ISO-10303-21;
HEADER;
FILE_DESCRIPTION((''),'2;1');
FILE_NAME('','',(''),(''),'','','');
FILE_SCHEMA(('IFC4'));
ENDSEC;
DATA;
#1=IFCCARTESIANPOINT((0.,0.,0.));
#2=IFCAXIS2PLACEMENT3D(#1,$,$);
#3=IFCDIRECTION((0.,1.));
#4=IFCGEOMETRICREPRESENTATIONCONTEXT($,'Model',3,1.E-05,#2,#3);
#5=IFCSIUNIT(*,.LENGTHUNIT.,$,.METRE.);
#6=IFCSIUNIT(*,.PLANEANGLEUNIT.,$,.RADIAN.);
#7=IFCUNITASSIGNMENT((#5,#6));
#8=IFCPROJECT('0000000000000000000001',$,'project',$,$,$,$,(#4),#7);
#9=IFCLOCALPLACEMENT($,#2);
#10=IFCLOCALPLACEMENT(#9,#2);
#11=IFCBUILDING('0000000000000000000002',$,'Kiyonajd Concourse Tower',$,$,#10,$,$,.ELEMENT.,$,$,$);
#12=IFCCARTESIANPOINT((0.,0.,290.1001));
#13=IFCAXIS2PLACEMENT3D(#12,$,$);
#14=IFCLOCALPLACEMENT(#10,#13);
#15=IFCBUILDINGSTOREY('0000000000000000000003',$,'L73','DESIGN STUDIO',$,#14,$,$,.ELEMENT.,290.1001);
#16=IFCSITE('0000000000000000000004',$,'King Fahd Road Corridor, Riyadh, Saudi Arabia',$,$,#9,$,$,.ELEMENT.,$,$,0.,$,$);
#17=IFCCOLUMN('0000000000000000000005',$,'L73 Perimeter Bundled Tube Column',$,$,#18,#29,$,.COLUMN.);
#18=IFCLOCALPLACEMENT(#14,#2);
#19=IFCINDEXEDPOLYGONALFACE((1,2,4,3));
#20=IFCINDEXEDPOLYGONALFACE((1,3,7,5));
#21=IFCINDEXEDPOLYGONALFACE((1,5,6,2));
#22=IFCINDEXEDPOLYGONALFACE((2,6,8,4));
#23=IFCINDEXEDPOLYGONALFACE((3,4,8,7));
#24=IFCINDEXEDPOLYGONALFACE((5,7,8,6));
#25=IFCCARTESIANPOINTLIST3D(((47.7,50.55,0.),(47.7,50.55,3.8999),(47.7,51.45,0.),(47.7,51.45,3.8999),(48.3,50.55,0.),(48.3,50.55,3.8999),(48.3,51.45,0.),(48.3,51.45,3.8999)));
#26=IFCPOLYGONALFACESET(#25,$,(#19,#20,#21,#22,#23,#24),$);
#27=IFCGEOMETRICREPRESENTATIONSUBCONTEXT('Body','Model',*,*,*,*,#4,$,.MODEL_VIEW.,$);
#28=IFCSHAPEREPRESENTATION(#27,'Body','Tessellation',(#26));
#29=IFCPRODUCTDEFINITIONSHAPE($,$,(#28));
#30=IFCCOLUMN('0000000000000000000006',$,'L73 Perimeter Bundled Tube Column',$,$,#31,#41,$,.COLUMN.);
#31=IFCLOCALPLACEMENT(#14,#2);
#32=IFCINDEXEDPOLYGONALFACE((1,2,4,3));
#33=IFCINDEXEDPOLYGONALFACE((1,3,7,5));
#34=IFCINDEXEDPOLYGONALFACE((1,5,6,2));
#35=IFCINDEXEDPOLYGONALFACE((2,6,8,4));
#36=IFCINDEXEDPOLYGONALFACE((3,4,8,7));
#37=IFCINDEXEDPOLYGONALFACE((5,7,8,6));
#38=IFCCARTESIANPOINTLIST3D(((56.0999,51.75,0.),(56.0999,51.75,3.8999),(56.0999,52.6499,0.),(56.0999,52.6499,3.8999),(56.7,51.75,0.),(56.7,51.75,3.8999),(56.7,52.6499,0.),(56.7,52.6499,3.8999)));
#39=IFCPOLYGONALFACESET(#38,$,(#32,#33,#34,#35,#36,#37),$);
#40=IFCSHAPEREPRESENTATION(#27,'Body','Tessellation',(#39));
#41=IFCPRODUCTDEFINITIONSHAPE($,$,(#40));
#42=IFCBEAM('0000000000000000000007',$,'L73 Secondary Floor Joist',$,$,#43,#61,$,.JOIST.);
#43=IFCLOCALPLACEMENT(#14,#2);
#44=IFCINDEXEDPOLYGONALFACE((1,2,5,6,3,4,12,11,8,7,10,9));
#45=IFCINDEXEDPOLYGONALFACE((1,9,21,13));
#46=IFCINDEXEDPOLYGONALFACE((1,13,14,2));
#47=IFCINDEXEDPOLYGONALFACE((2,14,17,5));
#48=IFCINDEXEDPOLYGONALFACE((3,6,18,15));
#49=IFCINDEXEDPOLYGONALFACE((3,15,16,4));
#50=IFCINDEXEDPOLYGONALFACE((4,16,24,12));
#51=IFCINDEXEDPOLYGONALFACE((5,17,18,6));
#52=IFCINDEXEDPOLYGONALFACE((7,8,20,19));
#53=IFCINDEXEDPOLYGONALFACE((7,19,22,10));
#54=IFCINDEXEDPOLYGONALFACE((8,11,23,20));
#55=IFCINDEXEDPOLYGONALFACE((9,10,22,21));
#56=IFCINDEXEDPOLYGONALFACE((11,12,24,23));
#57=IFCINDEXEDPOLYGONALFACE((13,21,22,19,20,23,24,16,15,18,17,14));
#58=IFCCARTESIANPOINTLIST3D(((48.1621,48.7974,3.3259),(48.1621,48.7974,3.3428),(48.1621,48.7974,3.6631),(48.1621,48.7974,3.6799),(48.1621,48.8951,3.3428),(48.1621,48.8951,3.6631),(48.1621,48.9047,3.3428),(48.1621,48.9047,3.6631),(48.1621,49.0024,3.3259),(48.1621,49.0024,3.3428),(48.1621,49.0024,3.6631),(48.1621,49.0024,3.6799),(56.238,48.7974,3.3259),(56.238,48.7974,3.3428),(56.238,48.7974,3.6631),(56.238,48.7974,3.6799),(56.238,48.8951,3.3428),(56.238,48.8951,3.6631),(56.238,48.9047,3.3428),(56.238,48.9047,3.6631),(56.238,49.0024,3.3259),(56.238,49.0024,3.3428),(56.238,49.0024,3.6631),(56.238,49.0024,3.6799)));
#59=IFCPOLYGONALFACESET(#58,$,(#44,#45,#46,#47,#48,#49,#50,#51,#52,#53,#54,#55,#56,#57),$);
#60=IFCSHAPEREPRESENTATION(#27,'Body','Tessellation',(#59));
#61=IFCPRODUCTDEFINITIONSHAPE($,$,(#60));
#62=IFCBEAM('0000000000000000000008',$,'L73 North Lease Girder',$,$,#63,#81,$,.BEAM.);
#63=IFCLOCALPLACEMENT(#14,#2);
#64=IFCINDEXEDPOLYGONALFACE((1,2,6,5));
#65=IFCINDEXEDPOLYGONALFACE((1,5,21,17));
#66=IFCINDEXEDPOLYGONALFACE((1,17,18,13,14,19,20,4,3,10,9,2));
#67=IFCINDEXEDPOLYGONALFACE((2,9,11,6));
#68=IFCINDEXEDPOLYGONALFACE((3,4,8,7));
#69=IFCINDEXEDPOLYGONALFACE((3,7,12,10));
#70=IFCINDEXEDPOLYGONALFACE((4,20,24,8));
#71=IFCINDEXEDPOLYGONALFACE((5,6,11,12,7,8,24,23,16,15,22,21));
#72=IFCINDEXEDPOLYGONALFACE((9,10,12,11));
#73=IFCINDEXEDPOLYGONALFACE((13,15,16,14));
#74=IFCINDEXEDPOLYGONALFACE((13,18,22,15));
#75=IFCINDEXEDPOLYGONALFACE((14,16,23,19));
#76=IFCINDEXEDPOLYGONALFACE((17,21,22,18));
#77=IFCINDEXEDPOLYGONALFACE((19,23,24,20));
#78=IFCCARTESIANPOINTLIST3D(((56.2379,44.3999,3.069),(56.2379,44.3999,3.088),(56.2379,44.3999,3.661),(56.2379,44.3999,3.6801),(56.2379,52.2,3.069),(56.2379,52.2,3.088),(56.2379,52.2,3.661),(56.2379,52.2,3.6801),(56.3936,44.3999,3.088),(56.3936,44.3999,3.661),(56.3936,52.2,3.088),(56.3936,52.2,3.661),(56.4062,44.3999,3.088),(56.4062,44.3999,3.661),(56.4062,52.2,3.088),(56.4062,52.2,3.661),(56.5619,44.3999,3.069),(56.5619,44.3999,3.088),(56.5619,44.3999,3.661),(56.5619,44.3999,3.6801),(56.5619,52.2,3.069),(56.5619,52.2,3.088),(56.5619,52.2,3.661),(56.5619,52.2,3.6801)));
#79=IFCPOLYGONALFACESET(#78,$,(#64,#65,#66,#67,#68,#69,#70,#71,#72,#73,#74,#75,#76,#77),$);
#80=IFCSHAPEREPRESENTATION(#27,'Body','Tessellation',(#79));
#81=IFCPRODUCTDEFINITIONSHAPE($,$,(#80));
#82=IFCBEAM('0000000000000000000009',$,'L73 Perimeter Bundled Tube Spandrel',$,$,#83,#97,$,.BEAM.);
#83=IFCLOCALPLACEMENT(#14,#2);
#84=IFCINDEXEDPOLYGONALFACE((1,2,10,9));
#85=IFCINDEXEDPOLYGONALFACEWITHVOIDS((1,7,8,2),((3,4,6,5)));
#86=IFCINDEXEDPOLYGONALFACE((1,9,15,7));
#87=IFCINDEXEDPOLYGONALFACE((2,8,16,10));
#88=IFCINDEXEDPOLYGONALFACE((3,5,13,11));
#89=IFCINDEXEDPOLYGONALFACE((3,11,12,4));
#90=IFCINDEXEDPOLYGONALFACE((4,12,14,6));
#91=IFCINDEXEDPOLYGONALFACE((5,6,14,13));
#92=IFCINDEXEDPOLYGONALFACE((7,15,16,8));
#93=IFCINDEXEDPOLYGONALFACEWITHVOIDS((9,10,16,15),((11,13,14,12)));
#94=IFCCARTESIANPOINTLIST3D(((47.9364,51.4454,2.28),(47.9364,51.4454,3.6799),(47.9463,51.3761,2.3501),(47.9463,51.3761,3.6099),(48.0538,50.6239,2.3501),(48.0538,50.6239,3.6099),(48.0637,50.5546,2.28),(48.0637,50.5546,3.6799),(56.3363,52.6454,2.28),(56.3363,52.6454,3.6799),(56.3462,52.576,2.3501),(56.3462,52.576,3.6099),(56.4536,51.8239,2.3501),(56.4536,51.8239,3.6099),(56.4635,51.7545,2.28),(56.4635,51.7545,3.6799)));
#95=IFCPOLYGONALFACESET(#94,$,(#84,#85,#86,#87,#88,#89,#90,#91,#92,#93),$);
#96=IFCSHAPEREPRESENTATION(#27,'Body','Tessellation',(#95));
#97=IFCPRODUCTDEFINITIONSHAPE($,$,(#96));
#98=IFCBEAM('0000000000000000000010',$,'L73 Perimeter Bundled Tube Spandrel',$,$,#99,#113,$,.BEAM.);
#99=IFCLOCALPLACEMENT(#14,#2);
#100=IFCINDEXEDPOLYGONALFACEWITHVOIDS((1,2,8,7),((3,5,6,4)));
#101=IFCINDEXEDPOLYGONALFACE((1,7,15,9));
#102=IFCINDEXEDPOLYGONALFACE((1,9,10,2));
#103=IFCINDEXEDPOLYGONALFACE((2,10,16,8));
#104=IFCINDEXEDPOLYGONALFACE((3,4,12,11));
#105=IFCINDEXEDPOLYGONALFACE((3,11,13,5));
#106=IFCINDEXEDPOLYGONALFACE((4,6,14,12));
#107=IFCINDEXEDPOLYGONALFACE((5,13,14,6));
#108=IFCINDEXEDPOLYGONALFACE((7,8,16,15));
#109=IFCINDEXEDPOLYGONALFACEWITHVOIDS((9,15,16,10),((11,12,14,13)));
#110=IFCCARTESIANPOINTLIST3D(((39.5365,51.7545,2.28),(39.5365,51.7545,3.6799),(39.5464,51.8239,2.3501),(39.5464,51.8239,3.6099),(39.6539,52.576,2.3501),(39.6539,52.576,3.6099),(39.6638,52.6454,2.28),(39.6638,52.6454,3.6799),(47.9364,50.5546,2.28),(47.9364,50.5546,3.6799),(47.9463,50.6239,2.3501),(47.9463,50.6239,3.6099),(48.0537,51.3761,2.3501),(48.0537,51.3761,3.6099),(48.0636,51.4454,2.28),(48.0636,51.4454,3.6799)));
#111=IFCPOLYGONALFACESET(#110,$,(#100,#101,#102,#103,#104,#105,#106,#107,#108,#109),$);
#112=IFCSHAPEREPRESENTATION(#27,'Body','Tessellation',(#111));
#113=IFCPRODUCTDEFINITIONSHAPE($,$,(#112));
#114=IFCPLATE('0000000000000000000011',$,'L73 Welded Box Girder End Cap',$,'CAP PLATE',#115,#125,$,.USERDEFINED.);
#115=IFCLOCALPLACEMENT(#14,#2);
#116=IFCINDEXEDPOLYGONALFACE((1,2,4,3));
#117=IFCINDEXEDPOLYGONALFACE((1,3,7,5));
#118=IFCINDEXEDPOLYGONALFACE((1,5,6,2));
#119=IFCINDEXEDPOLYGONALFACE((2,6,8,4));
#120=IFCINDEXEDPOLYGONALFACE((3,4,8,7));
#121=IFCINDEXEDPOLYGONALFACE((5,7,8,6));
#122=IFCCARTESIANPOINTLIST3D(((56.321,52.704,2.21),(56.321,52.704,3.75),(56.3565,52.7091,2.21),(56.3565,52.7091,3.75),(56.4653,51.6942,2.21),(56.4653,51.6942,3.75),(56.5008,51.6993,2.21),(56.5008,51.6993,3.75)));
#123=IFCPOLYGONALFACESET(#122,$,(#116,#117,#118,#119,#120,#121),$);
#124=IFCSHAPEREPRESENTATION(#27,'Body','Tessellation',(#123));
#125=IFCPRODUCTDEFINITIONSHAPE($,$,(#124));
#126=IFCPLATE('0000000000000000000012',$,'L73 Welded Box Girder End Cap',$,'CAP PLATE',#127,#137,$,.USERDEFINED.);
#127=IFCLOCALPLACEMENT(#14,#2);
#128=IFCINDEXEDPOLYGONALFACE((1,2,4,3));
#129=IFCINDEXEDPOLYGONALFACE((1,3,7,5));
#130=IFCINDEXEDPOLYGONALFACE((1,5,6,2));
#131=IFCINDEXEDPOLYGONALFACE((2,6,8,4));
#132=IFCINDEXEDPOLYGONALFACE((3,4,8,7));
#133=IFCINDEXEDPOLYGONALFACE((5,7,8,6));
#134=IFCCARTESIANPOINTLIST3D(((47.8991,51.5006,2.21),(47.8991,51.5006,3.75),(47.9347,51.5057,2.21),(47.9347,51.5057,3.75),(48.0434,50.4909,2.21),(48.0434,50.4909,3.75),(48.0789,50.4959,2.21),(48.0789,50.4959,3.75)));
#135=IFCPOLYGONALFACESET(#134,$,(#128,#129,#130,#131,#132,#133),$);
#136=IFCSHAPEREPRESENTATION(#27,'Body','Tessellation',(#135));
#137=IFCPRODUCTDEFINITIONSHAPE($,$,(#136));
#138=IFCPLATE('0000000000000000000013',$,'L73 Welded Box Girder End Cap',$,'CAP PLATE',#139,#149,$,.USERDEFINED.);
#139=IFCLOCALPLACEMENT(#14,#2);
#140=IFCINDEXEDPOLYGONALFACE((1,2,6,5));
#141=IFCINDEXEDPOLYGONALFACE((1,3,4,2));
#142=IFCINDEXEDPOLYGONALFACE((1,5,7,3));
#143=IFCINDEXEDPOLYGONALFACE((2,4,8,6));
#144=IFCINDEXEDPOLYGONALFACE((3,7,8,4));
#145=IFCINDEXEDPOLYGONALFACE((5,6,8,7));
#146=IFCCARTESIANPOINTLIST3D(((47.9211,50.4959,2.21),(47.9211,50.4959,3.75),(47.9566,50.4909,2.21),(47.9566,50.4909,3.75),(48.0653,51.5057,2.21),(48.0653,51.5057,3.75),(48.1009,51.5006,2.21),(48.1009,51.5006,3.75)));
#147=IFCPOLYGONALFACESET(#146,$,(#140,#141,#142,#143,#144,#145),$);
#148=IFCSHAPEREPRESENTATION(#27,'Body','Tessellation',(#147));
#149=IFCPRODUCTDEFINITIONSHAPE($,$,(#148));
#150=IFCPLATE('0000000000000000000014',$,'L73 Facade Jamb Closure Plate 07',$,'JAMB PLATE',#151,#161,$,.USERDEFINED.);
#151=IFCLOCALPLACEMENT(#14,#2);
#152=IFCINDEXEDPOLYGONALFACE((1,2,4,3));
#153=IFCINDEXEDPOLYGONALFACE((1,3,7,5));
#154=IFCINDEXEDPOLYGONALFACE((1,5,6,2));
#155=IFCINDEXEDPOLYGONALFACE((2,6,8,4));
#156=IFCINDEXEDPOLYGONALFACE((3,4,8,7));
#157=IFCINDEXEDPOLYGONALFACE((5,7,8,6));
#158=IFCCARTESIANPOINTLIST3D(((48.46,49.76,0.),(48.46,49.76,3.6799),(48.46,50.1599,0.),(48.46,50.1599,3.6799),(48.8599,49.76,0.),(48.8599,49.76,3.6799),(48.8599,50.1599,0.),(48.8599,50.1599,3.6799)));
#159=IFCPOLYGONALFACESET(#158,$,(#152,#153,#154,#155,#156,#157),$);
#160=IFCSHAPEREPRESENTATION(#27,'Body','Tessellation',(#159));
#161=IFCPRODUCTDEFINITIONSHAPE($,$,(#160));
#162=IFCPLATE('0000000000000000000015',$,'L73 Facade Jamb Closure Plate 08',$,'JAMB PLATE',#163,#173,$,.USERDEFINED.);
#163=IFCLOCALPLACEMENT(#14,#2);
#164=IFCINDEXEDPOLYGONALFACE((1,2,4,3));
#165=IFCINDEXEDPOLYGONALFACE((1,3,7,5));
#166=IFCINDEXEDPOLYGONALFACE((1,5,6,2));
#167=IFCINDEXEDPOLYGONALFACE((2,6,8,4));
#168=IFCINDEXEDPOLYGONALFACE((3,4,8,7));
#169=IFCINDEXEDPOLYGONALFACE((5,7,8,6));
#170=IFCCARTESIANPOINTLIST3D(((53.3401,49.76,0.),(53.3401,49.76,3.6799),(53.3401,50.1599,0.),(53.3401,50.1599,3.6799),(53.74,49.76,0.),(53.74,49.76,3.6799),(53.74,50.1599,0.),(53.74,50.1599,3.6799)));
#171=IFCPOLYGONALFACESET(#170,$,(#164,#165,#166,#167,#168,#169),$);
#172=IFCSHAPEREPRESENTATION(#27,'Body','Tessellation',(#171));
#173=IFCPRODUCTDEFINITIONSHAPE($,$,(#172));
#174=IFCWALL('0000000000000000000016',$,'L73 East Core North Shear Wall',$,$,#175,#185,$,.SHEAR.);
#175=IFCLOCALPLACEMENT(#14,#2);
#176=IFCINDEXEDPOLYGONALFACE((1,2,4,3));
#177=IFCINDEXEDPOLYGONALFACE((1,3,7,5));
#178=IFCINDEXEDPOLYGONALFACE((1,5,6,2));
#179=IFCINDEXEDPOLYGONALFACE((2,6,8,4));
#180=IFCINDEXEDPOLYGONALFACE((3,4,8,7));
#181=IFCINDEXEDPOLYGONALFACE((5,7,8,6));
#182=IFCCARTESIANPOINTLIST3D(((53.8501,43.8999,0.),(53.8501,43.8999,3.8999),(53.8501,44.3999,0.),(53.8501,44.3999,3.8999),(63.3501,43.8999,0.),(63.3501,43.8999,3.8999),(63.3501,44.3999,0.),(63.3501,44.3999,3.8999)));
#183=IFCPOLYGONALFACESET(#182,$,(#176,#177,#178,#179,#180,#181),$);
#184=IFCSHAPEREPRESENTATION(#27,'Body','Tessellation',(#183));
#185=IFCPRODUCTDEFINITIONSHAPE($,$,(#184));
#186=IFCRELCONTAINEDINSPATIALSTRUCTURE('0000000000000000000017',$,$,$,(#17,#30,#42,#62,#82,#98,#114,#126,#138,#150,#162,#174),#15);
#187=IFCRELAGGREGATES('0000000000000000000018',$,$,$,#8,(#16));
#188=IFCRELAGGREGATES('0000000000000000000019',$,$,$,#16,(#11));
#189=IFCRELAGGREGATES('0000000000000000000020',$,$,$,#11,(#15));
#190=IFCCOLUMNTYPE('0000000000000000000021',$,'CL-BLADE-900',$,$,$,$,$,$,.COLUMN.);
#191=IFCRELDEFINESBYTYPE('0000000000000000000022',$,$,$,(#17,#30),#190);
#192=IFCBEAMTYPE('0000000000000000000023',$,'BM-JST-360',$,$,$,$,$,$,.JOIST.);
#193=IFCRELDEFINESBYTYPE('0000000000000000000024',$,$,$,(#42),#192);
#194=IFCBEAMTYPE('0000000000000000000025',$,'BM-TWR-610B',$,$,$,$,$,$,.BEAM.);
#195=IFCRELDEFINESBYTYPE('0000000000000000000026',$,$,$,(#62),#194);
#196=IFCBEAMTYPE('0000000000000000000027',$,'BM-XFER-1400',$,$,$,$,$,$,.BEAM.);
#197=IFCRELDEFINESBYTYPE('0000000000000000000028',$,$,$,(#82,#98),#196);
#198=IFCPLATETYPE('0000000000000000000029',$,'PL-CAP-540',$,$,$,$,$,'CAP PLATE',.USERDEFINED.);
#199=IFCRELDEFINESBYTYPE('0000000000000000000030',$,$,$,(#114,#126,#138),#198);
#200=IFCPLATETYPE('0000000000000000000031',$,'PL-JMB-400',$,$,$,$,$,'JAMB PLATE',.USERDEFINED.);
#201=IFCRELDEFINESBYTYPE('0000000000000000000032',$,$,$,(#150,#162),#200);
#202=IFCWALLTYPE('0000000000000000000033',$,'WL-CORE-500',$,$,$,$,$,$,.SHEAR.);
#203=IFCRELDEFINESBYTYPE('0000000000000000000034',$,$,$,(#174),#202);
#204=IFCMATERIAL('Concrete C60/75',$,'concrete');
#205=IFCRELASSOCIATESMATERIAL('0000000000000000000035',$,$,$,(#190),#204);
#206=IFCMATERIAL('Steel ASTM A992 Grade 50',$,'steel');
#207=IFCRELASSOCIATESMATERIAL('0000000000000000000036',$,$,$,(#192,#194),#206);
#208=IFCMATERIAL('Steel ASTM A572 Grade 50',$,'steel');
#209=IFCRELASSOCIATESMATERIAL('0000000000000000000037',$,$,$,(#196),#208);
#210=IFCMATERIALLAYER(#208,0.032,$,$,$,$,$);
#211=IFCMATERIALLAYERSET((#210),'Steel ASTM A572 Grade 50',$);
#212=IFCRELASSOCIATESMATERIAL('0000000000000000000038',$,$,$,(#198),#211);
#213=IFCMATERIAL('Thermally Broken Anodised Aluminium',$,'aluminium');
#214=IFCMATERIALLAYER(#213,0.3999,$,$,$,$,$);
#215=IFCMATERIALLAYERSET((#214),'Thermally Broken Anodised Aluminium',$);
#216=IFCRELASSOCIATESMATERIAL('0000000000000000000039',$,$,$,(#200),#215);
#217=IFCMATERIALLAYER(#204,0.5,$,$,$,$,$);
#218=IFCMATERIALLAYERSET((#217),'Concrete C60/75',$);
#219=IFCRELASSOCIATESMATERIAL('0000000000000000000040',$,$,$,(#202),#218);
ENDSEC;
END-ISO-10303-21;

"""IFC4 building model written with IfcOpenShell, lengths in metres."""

from ifc_helpers import new_model, si_unit, direction, frame, frame_2d, origin, origin_2d, place, context, subcontext, project, spatial, rectangle, hollow_rectangle, i_section, extrude, material, layer, layer_set, material_profile, profile_set, type_object, element, save


model = new_model("IFC4")

# Units and contexts
model_context = context("Model", 3, precision=1e-05, world=origin(), true_north=direction((0.0, 1.0)))
body_context = subcontext(model_context, "Body", "Model", "MODEL_VIEW")
ifc_project = project(units=[si_unit("LENGTHUNIT", "METRE"), si_unit("PLANEANGLEUNIT", "RADIAN")], contexts=[model_context])

# Site, building, storey
site_placement = place(None, origin())
site = spatial("IfcSite", under=ifc_project, at=site_placement, Name="King Fahd Road Corridor, Riyadh, Saudi Arabia", CompositionType="ELEMENT", RefElevation=0.0)
building_placement = place(site_placement, origin())
building = spatial("IfcBuilding", under=site, at=building_placement, Name="Kiyonajd Concourse Tower", CompositionType="ELEMENT")
storey_placement = place(building_placement, frame((0.0, 0.0, 290.1001)))
storey = spatial("IfcBuildingStorey", under=building, at=storey_placement, Name="L73", Description="DESIGN STUDIO", CompositionType="ELEMENT", Elevation=290.1001)

# Columns
ifc_material_1 = material(Name="Concrete C60/75", Category="concrete")
ifc_material_profile_1 = material_profile(ifc_material_1, rectangle(XDim=0.6001, YDim=0.8999, at=origin_2d()), Name="RC-900x600")
ifc_profile_set_1 = profile_set([ifc_material_profile_1], Name="Concrete C60/75")
column_type = type_object("IfcColumnType", Name="CL-BLADE-900", PredefinedType="COLUMN", material=ifc_profile_set_1)
for number, where, z_axis, x_axis, name in (
    (1, (48.0, 51.0, 0.0), (0.0, 0.0, 1.0), (1.0, 0.0, 0.0), "L73 Perimeter Bundled Tube Column"),
    (2, (56.3999, 52.2, 0.0), (0.0, 0.0, 1.0), (1.0, 0.0, 0.0), "L73 Perimeter Bundled Tube Column"),
):
    element("IfcColumn", number, at=place(storey_placement, frame(where, z_axis=z_axis, x_axis=x_axis)), inside=storey, type_object=column_type, Name=name, PredefinedType="COLUMN", context=body_context, shape_type="SweptSolid", body=[
        extrude(rectangle(XDim=0.6001, YDim=0.8999, at=origin_2d()), origin(), (0.0, 0.0, 1.0), 3.8999),
    ])

# Beams
ifc_material_2 = material(Name="Steel ASTM A992 Grade 50", Category="steel")
ifc_material_profile_2 = material_profile(ifc_material_2, i_section(OverallWidth=0.2051, OverallDepth=0.354, WebThickness=0.0095, FlangeThickness=0.0168, at=origin_2d()), Name="W360X79")
ifc_profile_set_2 = profile_set([ifc_material_profile_2], Name="Steel ASTM A992 Grade 50")
beam_type_1 = type_object("IfcBeamType", Name="BM-JST-360", PredefinedType="JOIST", material=ifc_profile_set_2)
beam_1_placement = place(storey_placement, frame((48.1621, 48.8999, 3.5029), z_axis=(1.0, 0.0, 0.0), x_axis=(0.0, 1.0, 0.0)))
element("IfcBeam", 3, at=beam_1_placement, inside=storey, type_object=beam_type_1, Name="L73 Secondary Floor Joist", PredefinedType="JOIST", context=body_context, shape_type="SweptSolid", body=[
    extrude(i_section(OverallWidth=0.2051, OverallDepth=0.354, WebThickness=0.0095, FlangeThickness=0.0168, at=origin_2d()), origin(), (0.0, 0.0, 1.0), 8.0759),
])
ifc_material_profile_3 = material_profile(ifc_material_2, i_section(OverallWidth=0.324, OverallDepth=0.6111, WebThickness=0.0127, FlangeThickness=0.019, at=origin_2d()), Name="W610X155")
ifc_profile_set_3 = profile_set([ifc_material_profile_3], Name="Steel ASTM A992 Grade 50")
beam_type_2 = type_object("IfcBeamType", Name="BM-TWR-610B", PredefinedType="BEAM", material=ifc_profile_set_3)
beam_2_placement = place(storey_placement, frame((56.3999, 44.3999, 3.3745), z_axis=(0.0, 1.0, 0.0), x_axis=(-1.0, 0.0, 0.0)))
element("IfcBeam", 4, at=beam_2_placement, inside=storey, type_object=beam_type_2, Name="L73 North Lease Girder", PredefinedType="BEAM", context=body_context, shape_type="SweptSolid", body=[
    extrude(i_section(OverallWidth=0.324, OverallDepth=0.6111, WebThickness=0.0127, FlangeThickness=0.019, at=origin_2d()), origin(), (0.0, 0.0, 1.0), 7.8),
])
ifc_material_3 = material(Name="Steel ASTM A572 Grade 50", Category="steel")
ifc_material_profile_4 = material_profile(ifc_material_3, hollow_rectangle(XDim=0.8999, YDim=1.3999, WallThickness=0.0701, at=origin_2d()), Name="BOX-1400x900x70")
ifc_profile_set_4 = profile_set([ifc_material_profile_4], Name="Steel ASTM A572 Grade 50")
beam_type_3 = type_object("IfcBeamType", Name="BM-XFER-1400", PredefinedType="BEAM", material=ifc_profile_set_4)
for number, where, z_axis, x_axis, name in (
    (5, (56.3999, 52.2, 2.98), (-0.98995, -0.141417, 0.0), (0.141417, -0.98995, 0.0), "L73 Perimeter Bundled Tube Spandrel"),
    (6, (48.0, 51.0, 2.98), (-0.98995, 0.141417, 0.0), (-0.141417, -0.98995, 0.0), "L73 Perimeter Bundled Tube Spandrel"),
):
    element("IfcBeam", number, at=place(storey_placement, frame(where, z_axis=z_axis, x_axis=x_axis)), inside=storey, type_object=beam_type_3, Name=name, PredefinedType="BEAM", context=body_context, shape_type="SweptSolid", body=[
        extrude(hollow_rectangle(XDim=0.8999, YDim=1.3999, WallThickness=0.0701, at=origin_2d()), origin(), (0.0, 0.0, 1.0), 8.4851),
    ])

# Plates
ifc_layer_1 = layer(ifc_material_3, 0.032)
ifc_layer_set_1 = layer_set([ifc_layer_1], Name="Steel ASTM A572 Grade 50")
plate_type_1 = type_object("IfcPlateType", Name="PL-CAP-540", ElementType="CAP PLATE", PredefinedType="USERDEFINED", material=ifc_layer_set_1)
for number, where, z_axis, x_axis, name in (
    (7, (56.4109, 52.2017, 2.21), (0.0, 0.0, 1.0), (0.98995, 0.14142, 0.0), "L73 Welded Box Girder End Cap"),
    (8, (47.989, 50.9983, 2.21), (0.0, 0.0, 1.0), (-0.98995, -0.14142, 0.0), "L73 Welded Box Girder End Cap"),
    (9, (48.011, 50.9983, 2.21), (0.0, 0.0, 1.0), (0.98995, -0.14142, 0.0), "L73 Welded Box Girder End Cap"),
):
    element("IfcPlate", number, at=place(storey_placement, frame(where, z_axis=z_axis, x_axis=x_axis)), inside=storey, type_object=plate_type_1, Name=name, ObjectType="CAP PLATE", PredefinedType="USERDEFINED", context=body_context, shape_type="SweptSolid", body=[
        extrude(rectangle(XDim=0.0359, YDim=1.02, at=origin_2d()), origin(), (0.0, 0.0, 1.0), 1.54),
    ])
ifc_material_4 = material(Name="Thermally Broken Anodised Aluminium", Category="aluminium")
ifc_layer_2 = layer(ifc_material_4, 0.3999)
ifc_layer_set_2 = layer_set([ifc_layer_2], Name="Thermally Broken Anodised Aluminium")
plate_type_2 = type_object("IfcPlateType", Name="PL-JMB-400", ElementType="JAMB PLATE", PredefinedType="USERDEFINED", material=ifc_layer_set_2)
for number, where, z_axis, x_axis, name in (
    (10, (48.6599, 49.96, 0.0), (0.0, 0.0, 1.0), (1.0, 0.0, 0.0), "L73 Facade Jamb Closure Plate 07"),
    (11, (53.54, 49.96, 0.0), (0.0, 0.0, 1.0), (1.0, 0.0, 0.0), "L73 Facade Jamb Closure Plate 08"),
):
    element("IfcPlate", number, at=place(storey_placement, frame(where, z_axis=z_axis, x_axis=x_axis)), inside=storey, type_object=plate_type_2, Name=name, ObjectType="JAMB PLATE", PredefinedType="USERDEFINED", context=body_context, shape_type="SweptSolid", body=[
        extrude(rectangle(XDim=0.3999, YDim=0.3999, at=origin_2d()), origin(), (0.0, 0.0, 1.0), 3.6799),
    ])

# Wall
ifc_layer_3 = layer(ifc_material_1, 0.5)
ifc_layer_set_3 = layer_set([ifc_layer_3], Name="Concrete C60/75")
wall_type_1 = type_object("IfcWallType", Name="WL-CORE-500", PredefinedType="SHEAR", material=ifc_layer_set_3)
wall_1_placement = place(storey_placement, frame((53.8501, 44.1499, 0.0), z_axis=(0.0, 0.0, 1.0), x_axis=(1.0, 0.0, 0.0)))
element("IfcWall", 12, at=wall_1_placement, inside=storey, type_object=wall_type_1, Name="L73 East Core North Shear Wall", PredefinedType="SHEAR", context=body_context, shape_type="SweptSolid", body=[
    extrude(rectangle(XDim=9.5, YDim=0.5, at=frame_2d((4.75, 0.0))), origin(), (0.0, 0.0, 1.0), 3.8999),
])

save(model, "model.ifc")
